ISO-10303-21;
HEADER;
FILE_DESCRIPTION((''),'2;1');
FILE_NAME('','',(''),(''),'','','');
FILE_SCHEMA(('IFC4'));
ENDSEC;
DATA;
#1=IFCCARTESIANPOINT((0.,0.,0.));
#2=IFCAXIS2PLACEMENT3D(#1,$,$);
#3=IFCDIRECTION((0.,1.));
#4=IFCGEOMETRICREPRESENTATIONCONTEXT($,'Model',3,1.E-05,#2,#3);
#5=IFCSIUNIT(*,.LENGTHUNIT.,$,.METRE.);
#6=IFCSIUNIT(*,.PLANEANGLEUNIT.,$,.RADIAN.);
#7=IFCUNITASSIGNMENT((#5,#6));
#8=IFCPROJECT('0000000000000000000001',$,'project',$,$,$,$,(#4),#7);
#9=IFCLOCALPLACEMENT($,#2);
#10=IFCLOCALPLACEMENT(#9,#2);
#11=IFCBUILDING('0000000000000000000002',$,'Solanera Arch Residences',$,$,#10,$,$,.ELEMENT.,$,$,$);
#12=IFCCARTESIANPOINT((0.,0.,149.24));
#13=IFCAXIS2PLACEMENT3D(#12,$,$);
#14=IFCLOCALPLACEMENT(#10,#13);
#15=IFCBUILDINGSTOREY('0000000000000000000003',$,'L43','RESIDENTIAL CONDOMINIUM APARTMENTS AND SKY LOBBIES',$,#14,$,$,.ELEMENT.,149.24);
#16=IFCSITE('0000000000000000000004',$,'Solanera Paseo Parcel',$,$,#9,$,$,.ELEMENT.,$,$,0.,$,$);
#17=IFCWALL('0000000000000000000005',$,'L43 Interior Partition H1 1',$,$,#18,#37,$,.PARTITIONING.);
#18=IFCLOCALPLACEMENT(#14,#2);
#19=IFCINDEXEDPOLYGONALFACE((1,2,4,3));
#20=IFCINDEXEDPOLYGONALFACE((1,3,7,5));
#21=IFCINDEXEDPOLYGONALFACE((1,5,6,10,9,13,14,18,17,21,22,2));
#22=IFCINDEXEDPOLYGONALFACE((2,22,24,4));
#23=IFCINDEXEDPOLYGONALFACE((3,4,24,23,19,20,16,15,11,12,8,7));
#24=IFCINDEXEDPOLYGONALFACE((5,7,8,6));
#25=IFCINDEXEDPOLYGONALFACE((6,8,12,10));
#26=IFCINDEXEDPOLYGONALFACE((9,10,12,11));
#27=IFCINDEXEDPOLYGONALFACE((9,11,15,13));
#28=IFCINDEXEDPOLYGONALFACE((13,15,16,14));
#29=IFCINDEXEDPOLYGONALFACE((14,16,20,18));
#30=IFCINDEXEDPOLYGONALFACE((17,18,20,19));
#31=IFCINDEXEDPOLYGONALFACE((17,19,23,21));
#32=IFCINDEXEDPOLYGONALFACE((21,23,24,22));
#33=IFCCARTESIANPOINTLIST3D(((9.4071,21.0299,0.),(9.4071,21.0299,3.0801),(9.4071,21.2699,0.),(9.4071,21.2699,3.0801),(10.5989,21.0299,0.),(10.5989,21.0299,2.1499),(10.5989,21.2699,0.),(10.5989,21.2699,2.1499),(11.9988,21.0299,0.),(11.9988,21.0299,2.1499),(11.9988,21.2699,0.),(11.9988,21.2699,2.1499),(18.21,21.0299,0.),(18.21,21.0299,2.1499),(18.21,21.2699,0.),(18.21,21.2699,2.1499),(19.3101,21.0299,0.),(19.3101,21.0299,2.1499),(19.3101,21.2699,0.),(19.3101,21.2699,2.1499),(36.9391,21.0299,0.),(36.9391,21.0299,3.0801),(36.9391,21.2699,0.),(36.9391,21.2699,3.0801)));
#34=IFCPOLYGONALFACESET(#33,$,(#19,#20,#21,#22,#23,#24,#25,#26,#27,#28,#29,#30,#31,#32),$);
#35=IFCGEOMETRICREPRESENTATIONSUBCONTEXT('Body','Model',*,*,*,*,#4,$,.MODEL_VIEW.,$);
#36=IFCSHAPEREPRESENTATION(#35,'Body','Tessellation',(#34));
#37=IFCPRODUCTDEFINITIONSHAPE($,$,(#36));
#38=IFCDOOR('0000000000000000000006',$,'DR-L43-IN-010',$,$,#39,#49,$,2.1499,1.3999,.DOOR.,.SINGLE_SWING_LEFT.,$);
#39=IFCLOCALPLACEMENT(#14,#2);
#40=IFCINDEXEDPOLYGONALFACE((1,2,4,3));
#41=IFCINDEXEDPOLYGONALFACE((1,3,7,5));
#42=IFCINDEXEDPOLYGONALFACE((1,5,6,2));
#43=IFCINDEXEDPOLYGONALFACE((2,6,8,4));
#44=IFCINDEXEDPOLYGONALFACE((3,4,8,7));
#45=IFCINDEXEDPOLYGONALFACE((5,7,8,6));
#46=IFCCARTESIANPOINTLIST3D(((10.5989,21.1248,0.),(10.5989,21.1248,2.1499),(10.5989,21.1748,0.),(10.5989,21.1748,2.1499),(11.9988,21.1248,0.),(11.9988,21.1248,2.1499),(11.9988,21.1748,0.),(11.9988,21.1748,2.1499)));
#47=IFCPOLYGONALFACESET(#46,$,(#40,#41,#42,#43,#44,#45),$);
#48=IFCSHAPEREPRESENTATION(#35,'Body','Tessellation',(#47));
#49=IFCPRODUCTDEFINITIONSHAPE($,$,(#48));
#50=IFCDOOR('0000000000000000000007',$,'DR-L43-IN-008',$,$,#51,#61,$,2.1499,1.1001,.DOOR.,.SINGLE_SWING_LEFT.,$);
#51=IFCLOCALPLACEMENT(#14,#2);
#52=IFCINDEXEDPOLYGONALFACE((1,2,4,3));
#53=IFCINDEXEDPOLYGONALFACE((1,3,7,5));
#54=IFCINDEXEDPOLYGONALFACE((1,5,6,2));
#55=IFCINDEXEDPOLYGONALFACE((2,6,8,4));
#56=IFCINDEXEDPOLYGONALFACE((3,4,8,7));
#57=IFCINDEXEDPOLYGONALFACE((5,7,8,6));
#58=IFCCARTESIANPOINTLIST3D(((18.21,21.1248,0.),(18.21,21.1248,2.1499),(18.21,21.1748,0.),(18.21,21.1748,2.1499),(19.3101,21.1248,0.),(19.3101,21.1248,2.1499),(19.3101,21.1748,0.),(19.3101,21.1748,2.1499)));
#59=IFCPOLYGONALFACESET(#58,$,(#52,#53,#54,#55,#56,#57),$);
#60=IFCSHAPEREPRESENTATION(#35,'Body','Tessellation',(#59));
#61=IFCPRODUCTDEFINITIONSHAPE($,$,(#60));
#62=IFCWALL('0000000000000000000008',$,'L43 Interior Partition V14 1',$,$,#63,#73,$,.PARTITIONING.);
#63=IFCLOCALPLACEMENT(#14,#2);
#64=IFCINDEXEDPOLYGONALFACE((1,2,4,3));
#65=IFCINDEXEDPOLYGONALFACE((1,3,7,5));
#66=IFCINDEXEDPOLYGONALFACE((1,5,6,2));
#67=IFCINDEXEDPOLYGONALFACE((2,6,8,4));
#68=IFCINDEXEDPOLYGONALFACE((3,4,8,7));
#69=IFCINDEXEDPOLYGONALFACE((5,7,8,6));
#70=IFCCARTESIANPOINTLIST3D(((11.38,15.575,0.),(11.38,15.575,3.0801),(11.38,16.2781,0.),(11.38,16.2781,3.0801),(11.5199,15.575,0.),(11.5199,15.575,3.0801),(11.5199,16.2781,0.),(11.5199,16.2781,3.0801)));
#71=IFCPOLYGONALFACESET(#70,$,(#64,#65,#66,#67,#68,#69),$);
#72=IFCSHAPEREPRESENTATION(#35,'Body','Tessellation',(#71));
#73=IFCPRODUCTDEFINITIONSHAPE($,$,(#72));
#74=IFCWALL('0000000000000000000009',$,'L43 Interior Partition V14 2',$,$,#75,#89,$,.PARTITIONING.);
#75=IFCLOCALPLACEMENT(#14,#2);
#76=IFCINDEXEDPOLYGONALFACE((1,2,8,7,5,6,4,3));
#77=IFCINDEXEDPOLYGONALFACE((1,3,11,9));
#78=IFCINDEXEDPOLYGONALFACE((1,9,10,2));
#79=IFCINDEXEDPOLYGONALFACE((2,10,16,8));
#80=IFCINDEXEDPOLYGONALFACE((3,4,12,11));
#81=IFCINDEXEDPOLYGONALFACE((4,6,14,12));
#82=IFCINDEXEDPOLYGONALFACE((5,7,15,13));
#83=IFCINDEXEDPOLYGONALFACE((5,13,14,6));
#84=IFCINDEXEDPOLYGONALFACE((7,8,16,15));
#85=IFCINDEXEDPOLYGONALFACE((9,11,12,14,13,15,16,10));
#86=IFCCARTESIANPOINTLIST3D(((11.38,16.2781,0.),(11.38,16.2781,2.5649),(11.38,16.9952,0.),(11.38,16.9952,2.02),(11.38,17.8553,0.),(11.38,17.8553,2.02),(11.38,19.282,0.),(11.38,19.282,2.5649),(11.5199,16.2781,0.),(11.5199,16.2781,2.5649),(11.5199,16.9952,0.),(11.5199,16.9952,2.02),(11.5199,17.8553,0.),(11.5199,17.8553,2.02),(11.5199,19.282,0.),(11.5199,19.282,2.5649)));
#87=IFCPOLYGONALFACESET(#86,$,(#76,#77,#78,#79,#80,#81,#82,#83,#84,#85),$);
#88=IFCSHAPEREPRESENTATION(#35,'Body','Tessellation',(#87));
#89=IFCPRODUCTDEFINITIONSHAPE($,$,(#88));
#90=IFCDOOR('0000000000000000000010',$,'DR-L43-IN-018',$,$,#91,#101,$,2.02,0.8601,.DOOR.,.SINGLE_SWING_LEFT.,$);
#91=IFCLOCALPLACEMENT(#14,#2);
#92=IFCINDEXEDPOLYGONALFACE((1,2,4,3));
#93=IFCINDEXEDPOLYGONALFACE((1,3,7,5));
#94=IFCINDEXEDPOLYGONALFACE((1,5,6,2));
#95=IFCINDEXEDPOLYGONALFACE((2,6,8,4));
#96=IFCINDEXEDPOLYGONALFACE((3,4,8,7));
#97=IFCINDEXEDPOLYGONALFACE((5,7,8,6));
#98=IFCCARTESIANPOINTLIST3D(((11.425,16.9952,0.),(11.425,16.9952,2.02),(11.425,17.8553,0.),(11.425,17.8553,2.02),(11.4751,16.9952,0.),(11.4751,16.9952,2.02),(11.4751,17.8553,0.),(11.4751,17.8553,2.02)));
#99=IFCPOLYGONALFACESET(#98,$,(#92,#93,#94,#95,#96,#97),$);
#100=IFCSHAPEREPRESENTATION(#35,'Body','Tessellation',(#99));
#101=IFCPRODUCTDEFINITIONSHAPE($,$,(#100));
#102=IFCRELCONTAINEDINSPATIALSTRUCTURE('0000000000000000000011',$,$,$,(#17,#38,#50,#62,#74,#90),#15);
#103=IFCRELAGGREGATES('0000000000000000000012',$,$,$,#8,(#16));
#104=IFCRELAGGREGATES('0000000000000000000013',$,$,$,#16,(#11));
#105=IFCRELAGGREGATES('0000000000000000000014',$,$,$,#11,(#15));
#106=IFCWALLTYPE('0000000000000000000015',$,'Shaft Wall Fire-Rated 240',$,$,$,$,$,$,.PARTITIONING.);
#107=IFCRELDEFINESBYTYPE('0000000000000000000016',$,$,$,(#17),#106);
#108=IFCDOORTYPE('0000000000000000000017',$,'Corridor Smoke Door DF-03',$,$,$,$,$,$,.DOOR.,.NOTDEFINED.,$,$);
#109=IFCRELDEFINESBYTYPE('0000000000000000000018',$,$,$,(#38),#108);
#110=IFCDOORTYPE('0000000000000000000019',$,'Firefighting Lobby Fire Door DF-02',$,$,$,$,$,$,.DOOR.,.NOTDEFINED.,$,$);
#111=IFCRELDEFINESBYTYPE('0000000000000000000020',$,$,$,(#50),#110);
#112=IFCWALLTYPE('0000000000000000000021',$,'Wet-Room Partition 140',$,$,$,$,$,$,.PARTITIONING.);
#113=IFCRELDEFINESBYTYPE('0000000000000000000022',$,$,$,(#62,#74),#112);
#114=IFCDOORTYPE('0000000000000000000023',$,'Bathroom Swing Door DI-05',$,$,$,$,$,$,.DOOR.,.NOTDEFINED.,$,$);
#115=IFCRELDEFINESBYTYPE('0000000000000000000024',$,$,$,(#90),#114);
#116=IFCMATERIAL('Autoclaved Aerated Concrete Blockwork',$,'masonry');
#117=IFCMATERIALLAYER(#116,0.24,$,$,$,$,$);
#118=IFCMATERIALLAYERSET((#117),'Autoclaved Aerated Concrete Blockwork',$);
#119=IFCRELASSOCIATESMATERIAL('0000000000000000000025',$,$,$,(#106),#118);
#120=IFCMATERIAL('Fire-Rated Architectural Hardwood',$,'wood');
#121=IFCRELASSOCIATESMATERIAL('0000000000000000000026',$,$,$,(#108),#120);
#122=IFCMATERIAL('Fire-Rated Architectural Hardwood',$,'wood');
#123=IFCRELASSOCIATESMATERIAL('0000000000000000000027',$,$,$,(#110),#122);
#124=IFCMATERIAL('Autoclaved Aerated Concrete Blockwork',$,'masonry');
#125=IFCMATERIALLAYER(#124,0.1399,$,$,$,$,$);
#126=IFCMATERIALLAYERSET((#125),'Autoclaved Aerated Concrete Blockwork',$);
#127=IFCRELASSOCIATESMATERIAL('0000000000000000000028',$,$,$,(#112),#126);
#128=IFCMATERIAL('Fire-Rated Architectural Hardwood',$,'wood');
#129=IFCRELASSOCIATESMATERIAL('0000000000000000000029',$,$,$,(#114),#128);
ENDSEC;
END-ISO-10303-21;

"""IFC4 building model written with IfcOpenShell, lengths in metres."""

from ifc_helpers import new_model, si_unit, direction, frame, frame_2d, origin, place, context, subcontext, project, spatial, rectangle, extrude, material, layer, layer_set, type_object, element, fill, save


model = new_model("IFC4")

# Units and contexts
model_context = context("Model", 3, precision=1e-05, world=origin(), true_north=direction((0.0, 1.0)))
body_context = subcontext(model_context, "Body", "Model", "MODEL_VIEW")
ifc_project = project(units=[si_unit("LENGTHUNIT", "METRE"), si_unit("PLANEANGLEUNIT", "RADIAN")], contexts=[model_context])

# Site, building, storey
site_placement = place(None, origin())
site = spatial("IfcSite", under=ifc_project, at=site_placement, Name="Solanera Paseo Parcel", CompositionType="ELEMENT", RefElevation=0.0)
building_placement = place(site_placement, origin())
building = spatial("IfcBuilding", under=site, at=building_placement, Name="Solanera Arch Residences", CompositionType="ELEMENT")
storey_placement = place(building_placement, frame((0.0, 0.0, 149.24)))
storey = spatial("IfcBuildingStorey", under=building, at=storey_placement, Name="L43", Description="RESIDENTIAL CONDOMINIUM APARTMENTS AND SKY LOBBIES", CompositionType="ELEMENT", Elevation=149.24)

# Wall, openings, doors
ifc_material_1 = material(Name="Autoclaved Aerated Concrete Blockwork", Category="masonry")
ifc_layer_1 = layer(ifc_material_1, 0.24)
ifc_layer_set_1 = layer_set([ifc_layer_1], Name="Autoclaved Aerated Concrete Blockwork")
wall_type_1 = type_object("IfcWallType", Name="Shaft Wall Fire-Rated 240", PredefinedType="PARTITIONING", material=ifc_layer_set_1)
wall_1_placement = place(storey_placement, frame((9.407, 21.1499, 0.0), z_axis=(0.0, 0.0, 1.0), x_axis=(1.0, 0.0, 0.0)))
wall_1 = element("IfcWall", 1, at=wall_1_placement, inside=storey, type_object=wall_type_1, Name="L43 Interior Partition H1 1", PredefinedType="PARTITIONING", context=body_context, shape_type="SweptSolid", body=[
    extrude(rectangle(XDim=27.532, YDim=0.24, at=frame_2d((13.7661, 0.0))), origin(), (0.0, 0.0, 1.0), 3.0801),
])
opening_1_placement = place(wall_1_placement, frame((8.803, 0.0, 0.0)))
opening_1 = element("IfcOpeningElement", 2, at=opening_1_placement, cuts=wall_1, PredefinedType="OPENING", context=body_context, shape_type="SweptSolid", body=[
    extrude(rectangle(XDim=1.1001, YDim=2.1499, at=frame_2d((0.55, 1.075))), frame((0.0, 0.1299, 0.0), z_axis=(0.0, -1.0, 0.0), x_axis=(1.0, 0.0, 0.0)), (0.0, 0.0, 1.0), 0.26),
])
opening_2_placement = place(wall_1_placement, frame((1.1919, 0.0, 0.0)))
opening_2 = element("IfcOpeningElement", 3, at=opening_2_placement, cuts=wall_1, PredefinedType="OPENING", context=body_context, shape_type="SweptSolid", body=[
    extrude(rectangle(XDim=1.3999, YDim=2.1499, at=frame_2d((0.7, 1.075))), frame((0.0, 0.1299, 0.0), z_axis=(0.0, -1.0, 0.0), x_axis=(1.0, 0.0, 0.0)), (0.0, 0.0, 1.0), 0.26),
])
ifc_material_2 = material(Name="Fire-Rated Architectural Hardwood", Category="wood")
door_type_1 = type_object("IfcDoorType", Name="Corridor Smoke Door DF-03", OperationType="NOTDEFINED", PredefinedType="DOOR", material=ifc_material_2)
door_1_placement = place(opening_2_placement, origin())
door_1 = element("IfcDoor", 4, at=door_1_placement, inside=storey, type_object=door_type_1, Name="DR-L43-IN-010", OperationType="SINGLE_SWING_LEFT", OverallHeight=2.1499, OverallWidth=1.3999, PredefinedType="DOOR", context=body_context, shape_type="SweptSolid", body=[
    extrude(rectangle(XDim=1.3999, YDim=2.1499, at=frame_2d((0.7, 1.075))), frame((0.0, 0.0249, 0.0), z_axis=(0.0, -1.0, 0.0), x_axis=(1.0, 0.0, 0.0)), (0.0, 0.0, 1.0), 0.05),
])
fill(opening_2, door_1)
ifc_material_3 = material(Name="Fire-Rated Architectural Hardwood", Category="wood")
door_type_2 = type_object("IfcDoorType", Name="Firefighting Lobby Fire Door DF-02", OperationType="NOTDEFINED", PredefinedType="DOOR", material=ifc_material_3)
door_2_placement = place(opening_1_placement, origin())
door_2 = element("IfcDoor", 5, at=door_2_placement, inside=storey, type_object=door_type_2, Name="DR-L43-IN-008", OperationType="SINGLE_SWING_LEFT", OverallHeight=2.1499, OverallWidth=1.1001, PredefinedType="DOOR", context=body_context, shape_type="SweptSolid", body=[
    extrude(rectangle(XDim=1.1001, YDim=2.1499, at=frame_2d((0.55, 1.075))), frame((0.0, 0.0249, 0.0), z_axis=(0.0, -1.0, 0.0), x_axis=(1.0, 0.0, 0.0)), (0.0, 0.0, 1.0), 0.05),
])
fill(opening_1, door_2)

# Wall
ifc_material_4 = material(Name="Autoclaved Aerated Concrete Blockwork", Category="masonry")
ifc_layer_2 = layer(ifc_material_4, 0.1399)
ifc_layer_set_2 = layer_set([ifc_layer_2], Name="Autoclaved Aerated Concrete Blockwork")
wall_type_2 = type_object("IfcWallType", Name="Wet-Room Partition 140", PredefinedType="PARTITIONING", material=ifc_layer_set_2)
wall_2_placement = place(storey_placement, frame((11.45, 15.575, 0.0), z_axis=(0.0, 0.0, 1.0), x_axis=(0.0, 1.0, 0.0)))
element("IfcWall", 6, at=wall_2_placement, inside=storey, type_object=wall_type_2, Name="L43 Interior Partition V14 1", PredefinedType="PARTITIONING", context=body_context, shape_type="SweptSolid", body=[
    extrude(rectangle(XDim=0.7031, YDim=0.1399, at=frame_2d((0.3516, 0.0))), origin(), (0.0, 0.0, 1.0), 3.0801),
])

# Wall, opening, door
wall_3_placement = place(storey_placement, frame((11.45, 16.2781, 0.0), z_axis=(0.0, 0.0, 1.0), x_axis=(0.0, 1.0, 0.0)))
wall_3 = element("IfcWall", 7, at=wall_3_placement, inside=storey, type_object=wall_type_2, Name="L43 Interior Partition V14 2", PredefinedType="PARTITIONING", context=body_context, shape_type="SweptSolid", body=[
    extrude(rectangle(XDim=3.0039, YDim=0.1399, at=frame_2d((1.502, 0.0))), origin(), (0.0, 0.0, 1.0), 2.5649),
])
opening_3_placement = place(wall_3_placement, frame((0.717, 0.0, 0.0)))
opening_3 = element("IfcOpeningElement", 8, at=opening_3_placement, cuts=wall_3, PredefinedType="OPENING", context=body_context, shape_type="SweptSolid", body=[
    extrude(rectangle(XDim=0.8601, YDim=2.02, at=frame_2d((0.4302, 1.01))), frame((0.0, 0.0798, 0.0), z_axis=(0.0, -1.0, 0.0), x_axis=(1.0, 0.0, 0.0)), (0.0, 0.0, 1.0), 0.1599),
])
ifc_material_5 = material(Name="Fire-Rated Architectural Hardwood", Category="wood")
door_type_3 = type_object("IfcDoorType", Name="Bathroom Swing Door DI-05", OperationType="NOTDEFINED", PredefinedType="DOOR", material=ifc_material_5)
door_3_placement = place(opening_3_placement, origin())
door_3 = element("IfcDoor", 9, at=door_3_placement, inside=storey, type_object=door_type_3, Name="DR-L43-IN-018", OperationType="SINGLE_SWING_LEFT", OverallHeight=2.02, OverallWidth=0.8601, PredefinedType="DOOR", context=body_context, shape_type="SweptSolid", body=[
    extrude(rectangle(XDim=0.8601, YDim=2.02, at=frame_2d((0.4302, 1.01))), frame((0.0, 0.0249, 0.0), z_axis=(0.0, -1.0, 0.0), x_axis=(1.0, 0.0, 0.0)), (0.0, 0.0, 1.0), 0.05),
])
fill(opening_3, door_3)

save(model, "model.ifc")
